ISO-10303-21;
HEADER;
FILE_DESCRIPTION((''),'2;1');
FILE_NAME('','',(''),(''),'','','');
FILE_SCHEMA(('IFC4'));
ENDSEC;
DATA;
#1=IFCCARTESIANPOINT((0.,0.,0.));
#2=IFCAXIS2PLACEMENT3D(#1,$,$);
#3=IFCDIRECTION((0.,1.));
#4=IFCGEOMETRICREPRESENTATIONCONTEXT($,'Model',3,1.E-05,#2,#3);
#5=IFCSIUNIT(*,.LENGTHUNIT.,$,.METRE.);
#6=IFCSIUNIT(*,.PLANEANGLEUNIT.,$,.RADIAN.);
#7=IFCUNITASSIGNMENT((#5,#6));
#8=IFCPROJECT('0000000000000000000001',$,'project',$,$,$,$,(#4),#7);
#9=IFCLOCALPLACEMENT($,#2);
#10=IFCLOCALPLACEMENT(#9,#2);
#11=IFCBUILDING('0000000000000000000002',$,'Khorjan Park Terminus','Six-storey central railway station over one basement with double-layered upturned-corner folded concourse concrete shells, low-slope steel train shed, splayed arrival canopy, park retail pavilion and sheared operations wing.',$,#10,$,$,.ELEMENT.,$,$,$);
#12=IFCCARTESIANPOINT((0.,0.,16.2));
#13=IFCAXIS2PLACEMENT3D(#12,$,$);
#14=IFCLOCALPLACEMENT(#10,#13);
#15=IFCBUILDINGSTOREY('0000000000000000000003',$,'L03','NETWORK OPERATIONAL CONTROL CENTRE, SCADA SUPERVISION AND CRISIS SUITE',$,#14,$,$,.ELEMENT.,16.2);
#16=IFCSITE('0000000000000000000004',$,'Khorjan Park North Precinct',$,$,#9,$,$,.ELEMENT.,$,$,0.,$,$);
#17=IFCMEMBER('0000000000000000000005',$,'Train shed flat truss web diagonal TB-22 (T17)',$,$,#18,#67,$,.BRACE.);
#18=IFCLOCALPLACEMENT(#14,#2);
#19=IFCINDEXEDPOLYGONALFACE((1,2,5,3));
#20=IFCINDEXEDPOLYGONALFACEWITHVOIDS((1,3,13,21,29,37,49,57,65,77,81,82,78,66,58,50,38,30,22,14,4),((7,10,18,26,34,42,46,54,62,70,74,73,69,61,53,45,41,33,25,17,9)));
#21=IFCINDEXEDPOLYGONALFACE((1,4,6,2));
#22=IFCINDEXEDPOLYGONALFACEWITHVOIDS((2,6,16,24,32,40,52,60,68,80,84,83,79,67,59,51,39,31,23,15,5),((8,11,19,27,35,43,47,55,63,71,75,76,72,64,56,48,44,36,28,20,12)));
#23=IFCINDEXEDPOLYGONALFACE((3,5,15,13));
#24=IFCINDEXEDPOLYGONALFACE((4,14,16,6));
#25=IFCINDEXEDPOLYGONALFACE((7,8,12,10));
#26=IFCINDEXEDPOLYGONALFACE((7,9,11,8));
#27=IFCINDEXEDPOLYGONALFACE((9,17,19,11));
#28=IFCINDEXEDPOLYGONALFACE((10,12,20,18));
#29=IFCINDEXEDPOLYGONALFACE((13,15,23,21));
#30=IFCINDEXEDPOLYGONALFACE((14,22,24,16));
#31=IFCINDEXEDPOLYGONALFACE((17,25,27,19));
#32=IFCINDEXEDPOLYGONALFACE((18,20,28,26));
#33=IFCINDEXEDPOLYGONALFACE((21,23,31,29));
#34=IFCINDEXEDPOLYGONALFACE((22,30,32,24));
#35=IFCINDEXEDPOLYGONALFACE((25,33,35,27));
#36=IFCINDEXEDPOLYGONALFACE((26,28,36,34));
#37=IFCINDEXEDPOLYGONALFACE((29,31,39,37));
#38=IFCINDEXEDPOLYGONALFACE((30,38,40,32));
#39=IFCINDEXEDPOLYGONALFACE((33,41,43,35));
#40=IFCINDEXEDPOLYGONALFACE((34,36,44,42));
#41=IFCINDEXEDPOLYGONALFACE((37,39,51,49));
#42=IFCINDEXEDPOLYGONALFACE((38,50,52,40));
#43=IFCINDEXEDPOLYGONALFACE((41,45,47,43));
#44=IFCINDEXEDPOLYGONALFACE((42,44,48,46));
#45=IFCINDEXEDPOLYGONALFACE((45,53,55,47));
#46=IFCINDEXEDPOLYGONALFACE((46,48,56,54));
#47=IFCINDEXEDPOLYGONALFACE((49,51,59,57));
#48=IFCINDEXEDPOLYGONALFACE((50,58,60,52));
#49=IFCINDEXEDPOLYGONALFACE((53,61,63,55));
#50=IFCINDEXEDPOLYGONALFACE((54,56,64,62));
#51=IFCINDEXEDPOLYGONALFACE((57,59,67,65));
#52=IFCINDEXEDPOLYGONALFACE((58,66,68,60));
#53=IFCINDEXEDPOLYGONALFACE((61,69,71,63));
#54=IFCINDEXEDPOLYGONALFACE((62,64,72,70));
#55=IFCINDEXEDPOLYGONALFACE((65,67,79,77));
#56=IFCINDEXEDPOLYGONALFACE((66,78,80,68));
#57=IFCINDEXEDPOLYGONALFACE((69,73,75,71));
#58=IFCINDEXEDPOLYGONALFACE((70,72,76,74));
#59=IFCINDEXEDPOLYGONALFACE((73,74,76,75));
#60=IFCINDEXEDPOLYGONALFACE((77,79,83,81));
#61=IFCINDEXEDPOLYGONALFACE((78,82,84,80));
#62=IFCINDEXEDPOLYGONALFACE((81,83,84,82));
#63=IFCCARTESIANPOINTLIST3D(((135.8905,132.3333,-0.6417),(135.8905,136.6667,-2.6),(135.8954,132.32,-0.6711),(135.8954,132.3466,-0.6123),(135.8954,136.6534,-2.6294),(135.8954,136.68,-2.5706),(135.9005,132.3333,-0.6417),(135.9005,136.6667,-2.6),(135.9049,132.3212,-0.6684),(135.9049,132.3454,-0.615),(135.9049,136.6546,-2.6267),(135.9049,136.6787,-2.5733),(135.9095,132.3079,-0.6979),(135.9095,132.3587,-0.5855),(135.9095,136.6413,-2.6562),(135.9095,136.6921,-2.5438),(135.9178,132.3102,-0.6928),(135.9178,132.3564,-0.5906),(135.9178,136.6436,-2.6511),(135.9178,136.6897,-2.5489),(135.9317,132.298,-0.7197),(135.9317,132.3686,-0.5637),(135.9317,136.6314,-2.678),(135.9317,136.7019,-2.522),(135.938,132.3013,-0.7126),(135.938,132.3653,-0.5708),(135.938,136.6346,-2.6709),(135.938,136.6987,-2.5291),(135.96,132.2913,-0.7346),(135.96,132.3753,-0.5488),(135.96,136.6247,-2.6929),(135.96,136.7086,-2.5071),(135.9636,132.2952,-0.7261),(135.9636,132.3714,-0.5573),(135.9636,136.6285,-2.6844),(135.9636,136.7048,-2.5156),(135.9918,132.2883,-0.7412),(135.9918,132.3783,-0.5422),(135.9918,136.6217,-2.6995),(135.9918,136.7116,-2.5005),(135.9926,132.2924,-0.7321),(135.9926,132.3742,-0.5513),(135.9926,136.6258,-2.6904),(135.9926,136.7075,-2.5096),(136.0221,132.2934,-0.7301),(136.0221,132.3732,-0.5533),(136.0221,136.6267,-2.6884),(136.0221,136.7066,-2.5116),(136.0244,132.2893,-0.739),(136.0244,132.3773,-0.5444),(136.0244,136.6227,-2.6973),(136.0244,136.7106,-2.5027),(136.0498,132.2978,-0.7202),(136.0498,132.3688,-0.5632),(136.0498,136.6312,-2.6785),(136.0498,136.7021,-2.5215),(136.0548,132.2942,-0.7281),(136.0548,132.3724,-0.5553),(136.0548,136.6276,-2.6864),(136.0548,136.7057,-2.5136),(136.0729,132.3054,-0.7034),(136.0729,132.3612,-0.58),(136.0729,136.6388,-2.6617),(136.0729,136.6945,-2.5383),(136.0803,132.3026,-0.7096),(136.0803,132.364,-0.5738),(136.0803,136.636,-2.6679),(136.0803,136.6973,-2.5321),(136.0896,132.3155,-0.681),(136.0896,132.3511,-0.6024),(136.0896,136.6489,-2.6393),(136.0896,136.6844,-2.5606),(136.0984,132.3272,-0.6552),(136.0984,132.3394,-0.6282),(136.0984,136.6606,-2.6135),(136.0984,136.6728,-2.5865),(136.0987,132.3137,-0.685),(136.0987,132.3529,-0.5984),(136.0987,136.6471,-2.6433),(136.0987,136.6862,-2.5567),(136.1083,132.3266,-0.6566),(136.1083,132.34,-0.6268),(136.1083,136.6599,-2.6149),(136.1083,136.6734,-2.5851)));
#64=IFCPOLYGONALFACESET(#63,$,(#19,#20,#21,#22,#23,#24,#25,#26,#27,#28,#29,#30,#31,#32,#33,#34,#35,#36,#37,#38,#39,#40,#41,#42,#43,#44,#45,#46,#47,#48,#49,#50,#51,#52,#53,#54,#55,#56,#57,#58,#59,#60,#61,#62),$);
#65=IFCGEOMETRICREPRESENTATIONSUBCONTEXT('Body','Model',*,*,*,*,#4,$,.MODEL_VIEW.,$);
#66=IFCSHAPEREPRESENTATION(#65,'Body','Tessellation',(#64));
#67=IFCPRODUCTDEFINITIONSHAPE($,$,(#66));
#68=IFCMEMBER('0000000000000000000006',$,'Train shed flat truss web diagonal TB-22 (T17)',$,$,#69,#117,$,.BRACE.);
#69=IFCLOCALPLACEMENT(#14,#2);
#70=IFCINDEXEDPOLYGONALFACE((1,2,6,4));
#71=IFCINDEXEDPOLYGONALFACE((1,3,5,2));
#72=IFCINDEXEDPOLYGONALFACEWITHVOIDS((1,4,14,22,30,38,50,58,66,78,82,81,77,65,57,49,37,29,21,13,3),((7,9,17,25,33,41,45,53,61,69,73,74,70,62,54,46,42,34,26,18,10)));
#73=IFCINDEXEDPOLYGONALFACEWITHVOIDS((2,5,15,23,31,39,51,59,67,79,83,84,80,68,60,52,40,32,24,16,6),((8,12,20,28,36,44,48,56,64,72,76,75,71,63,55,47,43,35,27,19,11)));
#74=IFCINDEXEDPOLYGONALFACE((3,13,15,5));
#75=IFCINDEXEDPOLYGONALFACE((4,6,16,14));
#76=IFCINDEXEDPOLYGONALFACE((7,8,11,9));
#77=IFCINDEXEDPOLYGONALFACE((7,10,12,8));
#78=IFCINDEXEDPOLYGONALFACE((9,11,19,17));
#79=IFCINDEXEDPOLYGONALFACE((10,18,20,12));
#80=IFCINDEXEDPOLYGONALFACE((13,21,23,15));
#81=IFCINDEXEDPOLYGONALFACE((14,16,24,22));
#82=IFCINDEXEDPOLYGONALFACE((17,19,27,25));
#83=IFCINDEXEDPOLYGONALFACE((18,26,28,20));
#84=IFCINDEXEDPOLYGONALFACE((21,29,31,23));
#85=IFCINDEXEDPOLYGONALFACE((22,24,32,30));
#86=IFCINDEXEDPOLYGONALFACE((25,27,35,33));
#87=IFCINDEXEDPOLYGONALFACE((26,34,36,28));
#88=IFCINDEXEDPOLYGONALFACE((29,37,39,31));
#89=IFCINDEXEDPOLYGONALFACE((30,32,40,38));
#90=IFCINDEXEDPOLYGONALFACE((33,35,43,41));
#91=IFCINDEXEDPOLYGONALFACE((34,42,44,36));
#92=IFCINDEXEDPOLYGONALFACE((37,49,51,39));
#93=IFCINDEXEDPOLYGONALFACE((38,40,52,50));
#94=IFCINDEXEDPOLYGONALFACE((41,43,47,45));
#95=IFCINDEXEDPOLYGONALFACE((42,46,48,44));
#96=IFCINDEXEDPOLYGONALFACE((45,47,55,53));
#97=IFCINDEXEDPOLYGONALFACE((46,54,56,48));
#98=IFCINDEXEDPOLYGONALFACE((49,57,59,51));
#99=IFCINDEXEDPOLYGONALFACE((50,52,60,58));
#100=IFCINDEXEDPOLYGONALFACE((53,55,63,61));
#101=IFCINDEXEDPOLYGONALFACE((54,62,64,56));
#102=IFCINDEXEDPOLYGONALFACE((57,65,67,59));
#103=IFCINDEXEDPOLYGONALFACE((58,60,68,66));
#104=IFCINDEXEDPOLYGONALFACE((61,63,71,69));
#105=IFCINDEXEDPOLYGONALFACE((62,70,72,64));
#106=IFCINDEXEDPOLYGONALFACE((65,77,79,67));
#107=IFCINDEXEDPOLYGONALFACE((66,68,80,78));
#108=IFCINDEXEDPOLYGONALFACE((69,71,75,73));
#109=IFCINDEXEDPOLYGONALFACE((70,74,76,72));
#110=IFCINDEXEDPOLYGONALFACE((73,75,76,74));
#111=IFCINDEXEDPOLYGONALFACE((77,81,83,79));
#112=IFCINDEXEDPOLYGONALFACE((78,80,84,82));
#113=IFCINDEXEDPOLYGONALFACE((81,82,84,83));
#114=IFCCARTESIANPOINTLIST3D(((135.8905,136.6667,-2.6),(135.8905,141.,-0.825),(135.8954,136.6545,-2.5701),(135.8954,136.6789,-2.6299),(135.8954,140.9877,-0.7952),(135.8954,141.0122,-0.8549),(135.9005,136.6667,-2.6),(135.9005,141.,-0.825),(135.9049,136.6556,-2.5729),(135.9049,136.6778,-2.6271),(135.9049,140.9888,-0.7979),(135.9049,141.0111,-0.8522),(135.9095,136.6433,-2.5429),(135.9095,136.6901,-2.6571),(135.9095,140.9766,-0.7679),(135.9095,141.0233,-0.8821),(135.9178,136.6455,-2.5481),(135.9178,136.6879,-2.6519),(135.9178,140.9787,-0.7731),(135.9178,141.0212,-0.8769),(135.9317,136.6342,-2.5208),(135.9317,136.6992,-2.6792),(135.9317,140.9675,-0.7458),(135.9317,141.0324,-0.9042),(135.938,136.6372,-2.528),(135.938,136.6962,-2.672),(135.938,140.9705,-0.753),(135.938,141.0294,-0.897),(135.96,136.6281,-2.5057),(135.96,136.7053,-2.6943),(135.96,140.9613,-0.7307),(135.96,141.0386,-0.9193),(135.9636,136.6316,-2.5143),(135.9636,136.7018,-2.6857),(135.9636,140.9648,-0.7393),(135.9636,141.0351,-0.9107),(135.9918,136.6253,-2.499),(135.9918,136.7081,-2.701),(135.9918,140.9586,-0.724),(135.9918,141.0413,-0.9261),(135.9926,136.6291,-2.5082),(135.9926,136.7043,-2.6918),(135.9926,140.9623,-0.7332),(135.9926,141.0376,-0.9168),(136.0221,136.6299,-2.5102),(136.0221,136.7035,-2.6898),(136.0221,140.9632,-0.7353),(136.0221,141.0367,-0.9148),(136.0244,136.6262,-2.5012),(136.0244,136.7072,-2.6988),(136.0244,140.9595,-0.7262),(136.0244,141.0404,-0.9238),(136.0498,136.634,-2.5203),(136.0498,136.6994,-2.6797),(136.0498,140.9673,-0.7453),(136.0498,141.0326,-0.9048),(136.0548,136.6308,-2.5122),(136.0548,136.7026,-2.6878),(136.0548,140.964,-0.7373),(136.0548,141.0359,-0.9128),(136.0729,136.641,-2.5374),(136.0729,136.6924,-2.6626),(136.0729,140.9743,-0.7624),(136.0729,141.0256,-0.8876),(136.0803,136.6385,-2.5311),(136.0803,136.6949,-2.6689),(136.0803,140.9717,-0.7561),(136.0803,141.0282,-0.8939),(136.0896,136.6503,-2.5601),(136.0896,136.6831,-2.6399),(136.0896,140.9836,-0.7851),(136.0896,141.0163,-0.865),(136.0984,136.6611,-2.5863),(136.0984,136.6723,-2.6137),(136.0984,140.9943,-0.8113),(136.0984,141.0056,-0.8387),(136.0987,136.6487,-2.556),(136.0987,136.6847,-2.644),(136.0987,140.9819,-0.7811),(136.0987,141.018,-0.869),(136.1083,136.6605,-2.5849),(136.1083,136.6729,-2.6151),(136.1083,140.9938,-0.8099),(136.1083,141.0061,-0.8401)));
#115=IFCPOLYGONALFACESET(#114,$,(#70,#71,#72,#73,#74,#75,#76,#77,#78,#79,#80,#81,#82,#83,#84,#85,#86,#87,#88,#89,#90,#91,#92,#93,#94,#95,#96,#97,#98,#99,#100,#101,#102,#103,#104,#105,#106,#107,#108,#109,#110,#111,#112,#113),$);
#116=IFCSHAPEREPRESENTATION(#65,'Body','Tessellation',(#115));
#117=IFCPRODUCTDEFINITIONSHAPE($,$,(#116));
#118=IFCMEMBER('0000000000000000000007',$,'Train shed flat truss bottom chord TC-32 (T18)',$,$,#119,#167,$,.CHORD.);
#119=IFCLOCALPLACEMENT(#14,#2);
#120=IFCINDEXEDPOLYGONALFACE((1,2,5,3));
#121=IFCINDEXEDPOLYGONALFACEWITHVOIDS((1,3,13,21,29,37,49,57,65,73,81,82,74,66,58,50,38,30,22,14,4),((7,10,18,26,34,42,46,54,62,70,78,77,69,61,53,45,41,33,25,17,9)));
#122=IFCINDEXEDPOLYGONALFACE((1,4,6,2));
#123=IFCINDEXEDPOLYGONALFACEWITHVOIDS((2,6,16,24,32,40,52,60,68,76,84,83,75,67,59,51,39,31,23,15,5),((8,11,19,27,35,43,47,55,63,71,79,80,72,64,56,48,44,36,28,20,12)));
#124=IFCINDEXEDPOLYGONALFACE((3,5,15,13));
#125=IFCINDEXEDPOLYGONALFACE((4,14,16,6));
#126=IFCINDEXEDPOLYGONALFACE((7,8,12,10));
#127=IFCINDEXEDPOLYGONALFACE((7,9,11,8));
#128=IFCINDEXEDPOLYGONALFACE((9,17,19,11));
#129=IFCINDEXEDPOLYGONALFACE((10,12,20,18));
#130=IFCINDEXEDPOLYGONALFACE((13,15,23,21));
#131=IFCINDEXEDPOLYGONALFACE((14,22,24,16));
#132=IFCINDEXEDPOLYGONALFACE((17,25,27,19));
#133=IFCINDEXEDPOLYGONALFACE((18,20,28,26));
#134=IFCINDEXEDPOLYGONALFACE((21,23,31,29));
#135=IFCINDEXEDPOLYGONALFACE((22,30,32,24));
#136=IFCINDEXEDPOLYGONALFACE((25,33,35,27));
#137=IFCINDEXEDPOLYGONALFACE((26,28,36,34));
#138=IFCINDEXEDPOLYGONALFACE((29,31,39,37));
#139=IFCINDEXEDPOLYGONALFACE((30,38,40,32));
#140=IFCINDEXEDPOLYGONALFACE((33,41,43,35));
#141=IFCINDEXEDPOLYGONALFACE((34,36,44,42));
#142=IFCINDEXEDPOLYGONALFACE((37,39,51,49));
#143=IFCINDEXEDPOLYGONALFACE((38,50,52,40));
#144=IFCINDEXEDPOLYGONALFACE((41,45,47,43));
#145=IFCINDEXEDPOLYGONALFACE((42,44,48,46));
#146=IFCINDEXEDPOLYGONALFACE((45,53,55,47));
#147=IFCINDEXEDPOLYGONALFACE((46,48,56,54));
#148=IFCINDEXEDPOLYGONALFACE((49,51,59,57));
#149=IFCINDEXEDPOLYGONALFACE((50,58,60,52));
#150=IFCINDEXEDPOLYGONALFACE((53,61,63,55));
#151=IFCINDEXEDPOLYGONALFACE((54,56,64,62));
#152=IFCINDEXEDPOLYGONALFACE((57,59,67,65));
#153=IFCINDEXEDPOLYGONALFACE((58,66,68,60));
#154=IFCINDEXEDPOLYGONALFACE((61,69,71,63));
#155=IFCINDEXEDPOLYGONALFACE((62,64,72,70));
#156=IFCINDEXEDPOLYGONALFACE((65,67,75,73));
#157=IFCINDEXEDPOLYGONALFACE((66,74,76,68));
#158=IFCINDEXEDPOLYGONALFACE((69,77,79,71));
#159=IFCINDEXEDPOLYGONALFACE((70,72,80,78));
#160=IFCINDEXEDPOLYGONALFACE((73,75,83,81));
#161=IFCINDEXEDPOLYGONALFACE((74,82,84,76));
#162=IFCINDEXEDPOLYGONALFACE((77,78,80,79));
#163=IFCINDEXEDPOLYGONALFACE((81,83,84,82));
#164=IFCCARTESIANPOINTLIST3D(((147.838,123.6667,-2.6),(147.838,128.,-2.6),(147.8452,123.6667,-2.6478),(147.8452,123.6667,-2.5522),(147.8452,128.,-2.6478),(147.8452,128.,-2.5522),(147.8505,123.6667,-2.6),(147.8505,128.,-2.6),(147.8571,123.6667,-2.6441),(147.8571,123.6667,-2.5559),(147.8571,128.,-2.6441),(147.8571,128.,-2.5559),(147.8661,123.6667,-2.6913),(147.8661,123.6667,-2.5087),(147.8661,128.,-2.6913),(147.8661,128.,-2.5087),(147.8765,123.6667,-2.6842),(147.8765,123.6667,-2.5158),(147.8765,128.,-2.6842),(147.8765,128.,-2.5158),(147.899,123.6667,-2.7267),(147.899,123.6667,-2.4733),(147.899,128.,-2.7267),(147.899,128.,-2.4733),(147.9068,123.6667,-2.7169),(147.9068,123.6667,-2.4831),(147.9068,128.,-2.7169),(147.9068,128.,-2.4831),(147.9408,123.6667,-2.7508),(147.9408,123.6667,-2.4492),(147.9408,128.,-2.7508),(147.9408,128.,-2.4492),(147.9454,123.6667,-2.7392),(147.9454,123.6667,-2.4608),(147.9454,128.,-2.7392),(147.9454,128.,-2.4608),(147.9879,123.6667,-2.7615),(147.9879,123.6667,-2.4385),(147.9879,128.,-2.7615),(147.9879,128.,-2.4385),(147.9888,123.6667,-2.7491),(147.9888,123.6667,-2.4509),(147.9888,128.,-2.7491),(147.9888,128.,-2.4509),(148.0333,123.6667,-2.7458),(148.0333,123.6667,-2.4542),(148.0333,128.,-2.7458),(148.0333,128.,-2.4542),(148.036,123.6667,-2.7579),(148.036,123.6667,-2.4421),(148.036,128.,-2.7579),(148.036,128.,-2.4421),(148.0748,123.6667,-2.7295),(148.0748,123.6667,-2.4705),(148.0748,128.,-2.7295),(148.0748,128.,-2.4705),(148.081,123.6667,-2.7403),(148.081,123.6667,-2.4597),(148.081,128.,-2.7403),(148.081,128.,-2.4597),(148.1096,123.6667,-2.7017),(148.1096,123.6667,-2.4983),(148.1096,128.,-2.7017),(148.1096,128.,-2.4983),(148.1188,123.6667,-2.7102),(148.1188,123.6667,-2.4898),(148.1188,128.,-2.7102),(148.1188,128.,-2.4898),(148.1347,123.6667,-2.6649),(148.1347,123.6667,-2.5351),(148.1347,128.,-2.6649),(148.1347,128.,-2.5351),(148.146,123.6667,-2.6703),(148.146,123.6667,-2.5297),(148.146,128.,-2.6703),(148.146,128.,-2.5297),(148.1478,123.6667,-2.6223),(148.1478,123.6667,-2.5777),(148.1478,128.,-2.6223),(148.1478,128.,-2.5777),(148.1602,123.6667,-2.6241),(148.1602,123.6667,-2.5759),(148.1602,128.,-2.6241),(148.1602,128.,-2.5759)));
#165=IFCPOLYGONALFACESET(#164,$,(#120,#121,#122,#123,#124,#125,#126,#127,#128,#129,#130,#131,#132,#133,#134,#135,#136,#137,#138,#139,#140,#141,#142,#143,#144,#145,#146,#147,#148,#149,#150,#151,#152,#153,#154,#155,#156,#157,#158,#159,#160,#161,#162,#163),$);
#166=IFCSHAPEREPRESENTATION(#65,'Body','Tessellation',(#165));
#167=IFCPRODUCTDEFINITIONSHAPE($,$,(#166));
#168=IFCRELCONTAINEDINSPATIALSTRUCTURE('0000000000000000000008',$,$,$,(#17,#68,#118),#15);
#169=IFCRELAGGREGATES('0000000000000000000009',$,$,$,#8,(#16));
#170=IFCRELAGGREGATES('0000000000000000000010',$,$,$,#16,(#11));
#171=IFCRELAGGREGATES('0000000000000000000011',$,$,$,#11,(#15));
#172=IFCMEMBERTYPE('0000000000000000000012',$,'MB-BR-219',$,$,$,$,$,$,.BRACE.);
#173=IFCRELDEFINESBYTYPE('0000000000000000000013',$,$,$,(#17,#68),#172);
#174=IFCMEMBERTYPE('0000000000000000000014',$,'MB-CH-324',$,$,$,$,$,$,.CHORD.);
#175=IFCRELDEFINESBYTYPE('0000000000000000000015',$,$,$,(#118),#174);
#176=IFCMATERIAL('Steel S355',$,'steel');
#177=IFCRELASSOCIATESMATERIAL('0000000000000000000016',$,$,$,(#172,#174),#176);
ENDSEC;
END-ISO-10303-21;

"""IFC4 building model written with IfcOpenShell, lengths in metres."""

from ifc_helpers import new_model, si_unit, direction, frame, origin, origin_2d, place, context, subcontext, project, spatial, hollow_circle, extrude, material, material_profile, profile_set, type_object, element, save


model = new_model("IFC4")

# Units and contexts
model_context = context("Model", 3, precision=1e-05, world=origin(), true_north=direction((0.0, 1.0)))
body_context = subcontext(model_context, "Body", "Model", "MODEL_VIEW")
ifc_project = project(units=[si_unit("LENGTHUNIT", "METRE"), si_unit("PLANEANGLEUNIT", "RADIAN")], contexts=[model_context])

# Site, building, storey
site_placement = place(None, origin())
site = spatial("IfcSite", under=ifc_project, at=site_placement, Name="Khorjan Park North Precinct", CompositionType="ELEMENT", RefElevation=0.0)
building_placement = place(site_placement, origin())
building = spatial("IfcBuilding", under=site, at=building_placement, Name="Khorjan Park Terminus", Description="Six-storey central railway station over one basement with double-layered upturned-corner folded concourse concrete shells, low-slope steel train shed, splayed arrival canopy, park retail pavilion and sheared operations wing.", CompositionType="ELEMENT")
storey_placement = place(building_placement, frame((0.0, 0.0, 16.2)))
storey = spatial("IfcBuildingStorey", under=building, at=storey_placement, Name="L03", Description="NETWORK OPERATIONAL CONTROL CENTRE, SCADA SUPERVISION AND CRISIS SUITE", CompositionType="ELEMENT", Elevation=16.2)

# Members
ifc_material = material(Name="Steel S355", Category="steel")
ifc_material_profile_1 = material_profile(ifc_material, hollow_circle(Radius=0.1095, WallThickness=0.01, at=origin_2d()), Name="CHS 219.1x10")
ifc_profile_set_1 = profile_set([ifc_material_profile_1], Name="Steel S355")
member_type_1 = type_object("IfcMemberType", Name="MB-BR-219", PredefinedType="BRACE", material=ifc_profile_set_1)
for number, where, z_axis, x_axis, name in (
    (1, (136.0, 132.3333, -0.6417), (0.0, 0.91127, -0.41181), (-1.0, 0.0, 0.0), "Train shed flat truss web diagonal TB-22 (T17)"),
):
    element("IfcMember", number, at=place(storey_placement, frame(where, z_axis=z_axis, x_axis=x_axis)), inside=storey, type_object=member_type_1, Name=name, PredefinedType="BRACE", context=body_context, shape_type="SweptSolid", body=[
        extrude(hollow_circle(Radius=0.1095, WallThickness=0.01, at=origin_2d()), origin(), (0.0, 0.0, 1.0), 4.7553),
    ])
member_1_placement = place(storey_placement, frame((136.0, 136.6667, -2.6), z_axis=(0.0, 0.925376, 0.379051), x_axis=(-1.0, 0.0, 0.0)))
element("IfcMember", 2, at=member_1_placement, inside=storey, type_object=member_type_1, Name="Train shed flat truss web diagonal TB-22 (T17)", PredefinedType="BRACE", context=body_context, shape_type="SweptSolid", body=[
    extrude(hollow_circle(Radius=0.1095, WallThickness=0.01, at=origin_2d()), origin(), (0.0, 0.0, 1.0), 4.6827),
])
ifc_material_profile_2 = material_profile(ifc_material, hollow_circle(Radius=0.162, WallThickness=0.0125, at=origin_2d()), Name="CHS 323.9x12.5")
ifc_profile_set_2 = profile_set([ifc_material_profile_2], Name="Steel S355")
member_type_2 = type_object("IfcMemberType", Name="MB-CH-324", PredefinedType="CHORD", material=ifc_profile_set_2)
for number, where, z_axis, x_axis, name in (
    (3, (148.0, 123.6667, -2.6), (0.0, 1.0, 0.0), (-1.0, 0.0, 0.0), "Train shed flat truss bottom chord TC-32 (T18)"),
):
    element("IfcMember", number, at=place(storey_placement, frame(where, z_axis=z_axis, x_axis=x_axis)), inside=storey, type_object=member_type_2, Name=name, PredefinedType="CHORD", context=body_context, shape_type="SweptSolid", body=[
        extrude(hollow_circle(Radius=0.162, WallThickness=0.0125, at=origin_2d()), origin(), (0.0, 0.0, 1.0), 4.3333),
    ])

save(model, "model.ifc")
